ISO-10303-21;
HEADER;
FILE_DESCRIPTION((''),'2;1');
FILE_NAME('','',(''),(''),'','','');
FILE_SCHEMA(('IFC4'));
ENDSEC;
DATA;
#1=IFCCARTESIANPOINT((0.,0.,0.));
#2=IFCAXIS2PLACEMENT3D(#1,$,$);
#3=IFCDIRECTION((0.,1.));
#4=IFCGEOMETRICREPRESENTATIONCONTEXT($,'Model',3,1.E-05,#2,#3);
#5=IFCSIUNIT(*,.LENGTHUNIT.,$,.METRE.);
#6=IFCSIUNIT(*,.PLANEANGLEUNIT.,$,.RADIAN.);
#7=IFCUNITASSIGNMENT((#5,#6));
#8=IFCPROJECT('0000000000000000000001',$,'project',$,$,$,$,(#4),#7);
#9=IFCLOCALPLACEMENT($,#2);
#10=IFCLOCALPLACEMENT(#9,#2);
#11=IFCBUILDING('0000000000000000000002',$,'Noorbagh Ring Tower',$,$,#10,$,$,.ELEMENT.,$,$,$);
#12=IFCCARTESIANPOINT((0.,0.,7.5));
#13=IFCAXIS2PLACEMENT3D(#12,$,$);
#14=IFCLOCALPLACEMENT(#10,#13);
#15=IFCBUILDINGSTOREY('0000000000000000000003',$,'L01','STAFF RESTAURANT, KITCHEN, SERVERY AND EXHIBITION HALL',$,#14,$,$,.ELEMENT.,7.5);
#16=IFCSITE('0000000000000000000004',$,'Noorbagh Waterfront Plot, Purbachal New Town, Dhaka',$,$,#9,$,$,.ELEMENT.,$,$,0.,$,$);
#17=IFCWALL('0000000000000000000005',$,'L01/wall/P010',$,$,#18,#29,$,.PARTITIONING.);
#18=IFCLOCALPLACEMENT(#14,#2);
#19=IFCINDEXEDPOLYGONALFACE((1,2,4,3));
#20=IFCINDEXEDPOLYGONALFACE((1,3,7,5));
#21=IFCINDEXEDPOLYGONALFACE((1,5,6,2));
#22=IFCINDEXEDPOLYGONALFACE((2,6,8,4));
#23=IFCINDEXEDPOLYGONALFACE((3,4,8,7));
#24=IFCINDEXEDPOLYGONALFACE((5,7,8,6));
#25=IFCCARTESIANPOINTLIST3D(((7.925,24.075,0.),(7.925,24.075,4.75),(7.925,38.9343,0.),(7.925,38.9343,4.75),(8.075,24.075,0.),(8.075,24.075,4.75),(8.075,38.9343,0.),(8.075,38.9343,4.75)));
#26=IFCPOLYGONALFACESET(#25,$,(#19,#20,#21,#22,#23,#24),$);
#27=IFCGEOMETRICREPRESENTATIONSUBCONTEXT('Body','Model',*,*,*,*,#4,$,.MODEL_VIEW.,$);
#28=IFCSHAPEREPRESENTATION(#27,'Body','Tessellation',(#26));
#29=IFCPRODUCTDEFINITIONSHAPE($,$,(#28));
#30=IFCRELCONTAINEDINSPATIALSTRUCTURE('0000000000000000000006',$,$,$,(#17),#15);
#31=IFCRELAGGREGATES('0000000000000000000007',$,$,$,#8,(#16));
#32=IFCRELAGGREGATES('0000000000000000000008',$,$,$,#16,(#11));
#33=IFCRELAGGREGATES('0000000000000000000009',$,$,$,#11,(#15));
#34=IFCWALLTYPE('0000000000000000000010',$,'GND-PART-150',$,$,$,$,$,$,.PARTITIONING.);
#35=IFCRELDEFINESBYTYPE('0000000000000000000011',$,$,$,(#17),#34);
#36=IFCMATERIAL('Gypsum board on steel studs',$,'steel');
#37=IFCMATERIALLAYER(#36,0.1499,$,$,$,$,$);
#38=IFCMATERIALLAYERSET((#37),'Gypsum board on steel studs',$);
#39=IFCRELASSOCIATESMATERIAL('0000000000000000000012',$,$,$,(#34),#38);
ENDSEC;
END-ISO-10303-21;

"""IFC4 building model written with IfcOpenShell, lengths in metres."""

from ifc_helpers import new_model, si_unit, direction, frame, frame_2d, origin, place, context, subcontext, project, spatial, rectangle, extrude, material, layer, layer_set, type_object, element, save


model = new_model("IFC4")

# Units and contexts
model_context = context("Model", 3, precision=1e-05, world=origin(), true_north=direction((0.0, 1.0)))
body_context = subcontext(model_context, "Body", "Model", "MODEL_VIEW")
ifc_project = project(units=[si_unit("LENGTHUNIT", "METRE"), si_unit("PLANEANGLEUNIT", "RADIAN")], contexts=[model_context])

# Site, building, storey
site_placement = place(None, origin())
site = spatial("IfcSite", under=ifc_project, at=site_placement, Name="Noorbagh Waterfront Plot, Purbachal New Town, Dhaka", CompositionType="ELEMENT", RefElevation=0.0)
building_placement = place(site_placement, origin())
building = spatial("IfcBuilding", under=site, at=building_placement, Name="Noorbagh Ring Tower", CompositionType="ELEMENT")
storey_placement = place(building_placement, frame((0.0, 0.0, 7.5)))
storey = spatial("IfcBuildingStorey", under=building, at=storey_placement, Name="L01", Description="STAFF RESTAURANT, KITCHEN, SERVERY AND EXHIBITION HALL", CompositionType="ELEMENT", Elevation=7.5)

# Wall
ifc_material_1 = material(Name="Gypsum board on steel studs", Category="steel")
ifc_layer_1 = layer(ifc_material_1, 0.1499)
ifc_layer_set_1 = layer_set([ifc_layer_1], Name="Gypsum board on steel studs")
wall_type_1 = type_object("IfcWallType", Name="GND-PART-150", PredefinedType="PARTITIONING", material=ifc_layer_set_1)
wall_1_placement = place(storey_placement, frame((8.0, 38.9343, 0.0), z_axis=(0.0, 0.0, 1.0), x_axis=(0.0, -1.0, 0.0)))
element("IfcWall", 1, at=wall_1_placement, inside=storey, type_object=wall_type_1, Name="L01/wall/P010", PredefinedType="PARTITIONING", context=body_context, shape_type="SweptSolid", body=[
    extrude(rectangle(XDim=14.8594, YDim=0.1499, at=frame_2d((7.4297, 0.0))), origin(), (0.0, 0.0, 1.0), 4.75),
])

save(model, "model.ifc")
